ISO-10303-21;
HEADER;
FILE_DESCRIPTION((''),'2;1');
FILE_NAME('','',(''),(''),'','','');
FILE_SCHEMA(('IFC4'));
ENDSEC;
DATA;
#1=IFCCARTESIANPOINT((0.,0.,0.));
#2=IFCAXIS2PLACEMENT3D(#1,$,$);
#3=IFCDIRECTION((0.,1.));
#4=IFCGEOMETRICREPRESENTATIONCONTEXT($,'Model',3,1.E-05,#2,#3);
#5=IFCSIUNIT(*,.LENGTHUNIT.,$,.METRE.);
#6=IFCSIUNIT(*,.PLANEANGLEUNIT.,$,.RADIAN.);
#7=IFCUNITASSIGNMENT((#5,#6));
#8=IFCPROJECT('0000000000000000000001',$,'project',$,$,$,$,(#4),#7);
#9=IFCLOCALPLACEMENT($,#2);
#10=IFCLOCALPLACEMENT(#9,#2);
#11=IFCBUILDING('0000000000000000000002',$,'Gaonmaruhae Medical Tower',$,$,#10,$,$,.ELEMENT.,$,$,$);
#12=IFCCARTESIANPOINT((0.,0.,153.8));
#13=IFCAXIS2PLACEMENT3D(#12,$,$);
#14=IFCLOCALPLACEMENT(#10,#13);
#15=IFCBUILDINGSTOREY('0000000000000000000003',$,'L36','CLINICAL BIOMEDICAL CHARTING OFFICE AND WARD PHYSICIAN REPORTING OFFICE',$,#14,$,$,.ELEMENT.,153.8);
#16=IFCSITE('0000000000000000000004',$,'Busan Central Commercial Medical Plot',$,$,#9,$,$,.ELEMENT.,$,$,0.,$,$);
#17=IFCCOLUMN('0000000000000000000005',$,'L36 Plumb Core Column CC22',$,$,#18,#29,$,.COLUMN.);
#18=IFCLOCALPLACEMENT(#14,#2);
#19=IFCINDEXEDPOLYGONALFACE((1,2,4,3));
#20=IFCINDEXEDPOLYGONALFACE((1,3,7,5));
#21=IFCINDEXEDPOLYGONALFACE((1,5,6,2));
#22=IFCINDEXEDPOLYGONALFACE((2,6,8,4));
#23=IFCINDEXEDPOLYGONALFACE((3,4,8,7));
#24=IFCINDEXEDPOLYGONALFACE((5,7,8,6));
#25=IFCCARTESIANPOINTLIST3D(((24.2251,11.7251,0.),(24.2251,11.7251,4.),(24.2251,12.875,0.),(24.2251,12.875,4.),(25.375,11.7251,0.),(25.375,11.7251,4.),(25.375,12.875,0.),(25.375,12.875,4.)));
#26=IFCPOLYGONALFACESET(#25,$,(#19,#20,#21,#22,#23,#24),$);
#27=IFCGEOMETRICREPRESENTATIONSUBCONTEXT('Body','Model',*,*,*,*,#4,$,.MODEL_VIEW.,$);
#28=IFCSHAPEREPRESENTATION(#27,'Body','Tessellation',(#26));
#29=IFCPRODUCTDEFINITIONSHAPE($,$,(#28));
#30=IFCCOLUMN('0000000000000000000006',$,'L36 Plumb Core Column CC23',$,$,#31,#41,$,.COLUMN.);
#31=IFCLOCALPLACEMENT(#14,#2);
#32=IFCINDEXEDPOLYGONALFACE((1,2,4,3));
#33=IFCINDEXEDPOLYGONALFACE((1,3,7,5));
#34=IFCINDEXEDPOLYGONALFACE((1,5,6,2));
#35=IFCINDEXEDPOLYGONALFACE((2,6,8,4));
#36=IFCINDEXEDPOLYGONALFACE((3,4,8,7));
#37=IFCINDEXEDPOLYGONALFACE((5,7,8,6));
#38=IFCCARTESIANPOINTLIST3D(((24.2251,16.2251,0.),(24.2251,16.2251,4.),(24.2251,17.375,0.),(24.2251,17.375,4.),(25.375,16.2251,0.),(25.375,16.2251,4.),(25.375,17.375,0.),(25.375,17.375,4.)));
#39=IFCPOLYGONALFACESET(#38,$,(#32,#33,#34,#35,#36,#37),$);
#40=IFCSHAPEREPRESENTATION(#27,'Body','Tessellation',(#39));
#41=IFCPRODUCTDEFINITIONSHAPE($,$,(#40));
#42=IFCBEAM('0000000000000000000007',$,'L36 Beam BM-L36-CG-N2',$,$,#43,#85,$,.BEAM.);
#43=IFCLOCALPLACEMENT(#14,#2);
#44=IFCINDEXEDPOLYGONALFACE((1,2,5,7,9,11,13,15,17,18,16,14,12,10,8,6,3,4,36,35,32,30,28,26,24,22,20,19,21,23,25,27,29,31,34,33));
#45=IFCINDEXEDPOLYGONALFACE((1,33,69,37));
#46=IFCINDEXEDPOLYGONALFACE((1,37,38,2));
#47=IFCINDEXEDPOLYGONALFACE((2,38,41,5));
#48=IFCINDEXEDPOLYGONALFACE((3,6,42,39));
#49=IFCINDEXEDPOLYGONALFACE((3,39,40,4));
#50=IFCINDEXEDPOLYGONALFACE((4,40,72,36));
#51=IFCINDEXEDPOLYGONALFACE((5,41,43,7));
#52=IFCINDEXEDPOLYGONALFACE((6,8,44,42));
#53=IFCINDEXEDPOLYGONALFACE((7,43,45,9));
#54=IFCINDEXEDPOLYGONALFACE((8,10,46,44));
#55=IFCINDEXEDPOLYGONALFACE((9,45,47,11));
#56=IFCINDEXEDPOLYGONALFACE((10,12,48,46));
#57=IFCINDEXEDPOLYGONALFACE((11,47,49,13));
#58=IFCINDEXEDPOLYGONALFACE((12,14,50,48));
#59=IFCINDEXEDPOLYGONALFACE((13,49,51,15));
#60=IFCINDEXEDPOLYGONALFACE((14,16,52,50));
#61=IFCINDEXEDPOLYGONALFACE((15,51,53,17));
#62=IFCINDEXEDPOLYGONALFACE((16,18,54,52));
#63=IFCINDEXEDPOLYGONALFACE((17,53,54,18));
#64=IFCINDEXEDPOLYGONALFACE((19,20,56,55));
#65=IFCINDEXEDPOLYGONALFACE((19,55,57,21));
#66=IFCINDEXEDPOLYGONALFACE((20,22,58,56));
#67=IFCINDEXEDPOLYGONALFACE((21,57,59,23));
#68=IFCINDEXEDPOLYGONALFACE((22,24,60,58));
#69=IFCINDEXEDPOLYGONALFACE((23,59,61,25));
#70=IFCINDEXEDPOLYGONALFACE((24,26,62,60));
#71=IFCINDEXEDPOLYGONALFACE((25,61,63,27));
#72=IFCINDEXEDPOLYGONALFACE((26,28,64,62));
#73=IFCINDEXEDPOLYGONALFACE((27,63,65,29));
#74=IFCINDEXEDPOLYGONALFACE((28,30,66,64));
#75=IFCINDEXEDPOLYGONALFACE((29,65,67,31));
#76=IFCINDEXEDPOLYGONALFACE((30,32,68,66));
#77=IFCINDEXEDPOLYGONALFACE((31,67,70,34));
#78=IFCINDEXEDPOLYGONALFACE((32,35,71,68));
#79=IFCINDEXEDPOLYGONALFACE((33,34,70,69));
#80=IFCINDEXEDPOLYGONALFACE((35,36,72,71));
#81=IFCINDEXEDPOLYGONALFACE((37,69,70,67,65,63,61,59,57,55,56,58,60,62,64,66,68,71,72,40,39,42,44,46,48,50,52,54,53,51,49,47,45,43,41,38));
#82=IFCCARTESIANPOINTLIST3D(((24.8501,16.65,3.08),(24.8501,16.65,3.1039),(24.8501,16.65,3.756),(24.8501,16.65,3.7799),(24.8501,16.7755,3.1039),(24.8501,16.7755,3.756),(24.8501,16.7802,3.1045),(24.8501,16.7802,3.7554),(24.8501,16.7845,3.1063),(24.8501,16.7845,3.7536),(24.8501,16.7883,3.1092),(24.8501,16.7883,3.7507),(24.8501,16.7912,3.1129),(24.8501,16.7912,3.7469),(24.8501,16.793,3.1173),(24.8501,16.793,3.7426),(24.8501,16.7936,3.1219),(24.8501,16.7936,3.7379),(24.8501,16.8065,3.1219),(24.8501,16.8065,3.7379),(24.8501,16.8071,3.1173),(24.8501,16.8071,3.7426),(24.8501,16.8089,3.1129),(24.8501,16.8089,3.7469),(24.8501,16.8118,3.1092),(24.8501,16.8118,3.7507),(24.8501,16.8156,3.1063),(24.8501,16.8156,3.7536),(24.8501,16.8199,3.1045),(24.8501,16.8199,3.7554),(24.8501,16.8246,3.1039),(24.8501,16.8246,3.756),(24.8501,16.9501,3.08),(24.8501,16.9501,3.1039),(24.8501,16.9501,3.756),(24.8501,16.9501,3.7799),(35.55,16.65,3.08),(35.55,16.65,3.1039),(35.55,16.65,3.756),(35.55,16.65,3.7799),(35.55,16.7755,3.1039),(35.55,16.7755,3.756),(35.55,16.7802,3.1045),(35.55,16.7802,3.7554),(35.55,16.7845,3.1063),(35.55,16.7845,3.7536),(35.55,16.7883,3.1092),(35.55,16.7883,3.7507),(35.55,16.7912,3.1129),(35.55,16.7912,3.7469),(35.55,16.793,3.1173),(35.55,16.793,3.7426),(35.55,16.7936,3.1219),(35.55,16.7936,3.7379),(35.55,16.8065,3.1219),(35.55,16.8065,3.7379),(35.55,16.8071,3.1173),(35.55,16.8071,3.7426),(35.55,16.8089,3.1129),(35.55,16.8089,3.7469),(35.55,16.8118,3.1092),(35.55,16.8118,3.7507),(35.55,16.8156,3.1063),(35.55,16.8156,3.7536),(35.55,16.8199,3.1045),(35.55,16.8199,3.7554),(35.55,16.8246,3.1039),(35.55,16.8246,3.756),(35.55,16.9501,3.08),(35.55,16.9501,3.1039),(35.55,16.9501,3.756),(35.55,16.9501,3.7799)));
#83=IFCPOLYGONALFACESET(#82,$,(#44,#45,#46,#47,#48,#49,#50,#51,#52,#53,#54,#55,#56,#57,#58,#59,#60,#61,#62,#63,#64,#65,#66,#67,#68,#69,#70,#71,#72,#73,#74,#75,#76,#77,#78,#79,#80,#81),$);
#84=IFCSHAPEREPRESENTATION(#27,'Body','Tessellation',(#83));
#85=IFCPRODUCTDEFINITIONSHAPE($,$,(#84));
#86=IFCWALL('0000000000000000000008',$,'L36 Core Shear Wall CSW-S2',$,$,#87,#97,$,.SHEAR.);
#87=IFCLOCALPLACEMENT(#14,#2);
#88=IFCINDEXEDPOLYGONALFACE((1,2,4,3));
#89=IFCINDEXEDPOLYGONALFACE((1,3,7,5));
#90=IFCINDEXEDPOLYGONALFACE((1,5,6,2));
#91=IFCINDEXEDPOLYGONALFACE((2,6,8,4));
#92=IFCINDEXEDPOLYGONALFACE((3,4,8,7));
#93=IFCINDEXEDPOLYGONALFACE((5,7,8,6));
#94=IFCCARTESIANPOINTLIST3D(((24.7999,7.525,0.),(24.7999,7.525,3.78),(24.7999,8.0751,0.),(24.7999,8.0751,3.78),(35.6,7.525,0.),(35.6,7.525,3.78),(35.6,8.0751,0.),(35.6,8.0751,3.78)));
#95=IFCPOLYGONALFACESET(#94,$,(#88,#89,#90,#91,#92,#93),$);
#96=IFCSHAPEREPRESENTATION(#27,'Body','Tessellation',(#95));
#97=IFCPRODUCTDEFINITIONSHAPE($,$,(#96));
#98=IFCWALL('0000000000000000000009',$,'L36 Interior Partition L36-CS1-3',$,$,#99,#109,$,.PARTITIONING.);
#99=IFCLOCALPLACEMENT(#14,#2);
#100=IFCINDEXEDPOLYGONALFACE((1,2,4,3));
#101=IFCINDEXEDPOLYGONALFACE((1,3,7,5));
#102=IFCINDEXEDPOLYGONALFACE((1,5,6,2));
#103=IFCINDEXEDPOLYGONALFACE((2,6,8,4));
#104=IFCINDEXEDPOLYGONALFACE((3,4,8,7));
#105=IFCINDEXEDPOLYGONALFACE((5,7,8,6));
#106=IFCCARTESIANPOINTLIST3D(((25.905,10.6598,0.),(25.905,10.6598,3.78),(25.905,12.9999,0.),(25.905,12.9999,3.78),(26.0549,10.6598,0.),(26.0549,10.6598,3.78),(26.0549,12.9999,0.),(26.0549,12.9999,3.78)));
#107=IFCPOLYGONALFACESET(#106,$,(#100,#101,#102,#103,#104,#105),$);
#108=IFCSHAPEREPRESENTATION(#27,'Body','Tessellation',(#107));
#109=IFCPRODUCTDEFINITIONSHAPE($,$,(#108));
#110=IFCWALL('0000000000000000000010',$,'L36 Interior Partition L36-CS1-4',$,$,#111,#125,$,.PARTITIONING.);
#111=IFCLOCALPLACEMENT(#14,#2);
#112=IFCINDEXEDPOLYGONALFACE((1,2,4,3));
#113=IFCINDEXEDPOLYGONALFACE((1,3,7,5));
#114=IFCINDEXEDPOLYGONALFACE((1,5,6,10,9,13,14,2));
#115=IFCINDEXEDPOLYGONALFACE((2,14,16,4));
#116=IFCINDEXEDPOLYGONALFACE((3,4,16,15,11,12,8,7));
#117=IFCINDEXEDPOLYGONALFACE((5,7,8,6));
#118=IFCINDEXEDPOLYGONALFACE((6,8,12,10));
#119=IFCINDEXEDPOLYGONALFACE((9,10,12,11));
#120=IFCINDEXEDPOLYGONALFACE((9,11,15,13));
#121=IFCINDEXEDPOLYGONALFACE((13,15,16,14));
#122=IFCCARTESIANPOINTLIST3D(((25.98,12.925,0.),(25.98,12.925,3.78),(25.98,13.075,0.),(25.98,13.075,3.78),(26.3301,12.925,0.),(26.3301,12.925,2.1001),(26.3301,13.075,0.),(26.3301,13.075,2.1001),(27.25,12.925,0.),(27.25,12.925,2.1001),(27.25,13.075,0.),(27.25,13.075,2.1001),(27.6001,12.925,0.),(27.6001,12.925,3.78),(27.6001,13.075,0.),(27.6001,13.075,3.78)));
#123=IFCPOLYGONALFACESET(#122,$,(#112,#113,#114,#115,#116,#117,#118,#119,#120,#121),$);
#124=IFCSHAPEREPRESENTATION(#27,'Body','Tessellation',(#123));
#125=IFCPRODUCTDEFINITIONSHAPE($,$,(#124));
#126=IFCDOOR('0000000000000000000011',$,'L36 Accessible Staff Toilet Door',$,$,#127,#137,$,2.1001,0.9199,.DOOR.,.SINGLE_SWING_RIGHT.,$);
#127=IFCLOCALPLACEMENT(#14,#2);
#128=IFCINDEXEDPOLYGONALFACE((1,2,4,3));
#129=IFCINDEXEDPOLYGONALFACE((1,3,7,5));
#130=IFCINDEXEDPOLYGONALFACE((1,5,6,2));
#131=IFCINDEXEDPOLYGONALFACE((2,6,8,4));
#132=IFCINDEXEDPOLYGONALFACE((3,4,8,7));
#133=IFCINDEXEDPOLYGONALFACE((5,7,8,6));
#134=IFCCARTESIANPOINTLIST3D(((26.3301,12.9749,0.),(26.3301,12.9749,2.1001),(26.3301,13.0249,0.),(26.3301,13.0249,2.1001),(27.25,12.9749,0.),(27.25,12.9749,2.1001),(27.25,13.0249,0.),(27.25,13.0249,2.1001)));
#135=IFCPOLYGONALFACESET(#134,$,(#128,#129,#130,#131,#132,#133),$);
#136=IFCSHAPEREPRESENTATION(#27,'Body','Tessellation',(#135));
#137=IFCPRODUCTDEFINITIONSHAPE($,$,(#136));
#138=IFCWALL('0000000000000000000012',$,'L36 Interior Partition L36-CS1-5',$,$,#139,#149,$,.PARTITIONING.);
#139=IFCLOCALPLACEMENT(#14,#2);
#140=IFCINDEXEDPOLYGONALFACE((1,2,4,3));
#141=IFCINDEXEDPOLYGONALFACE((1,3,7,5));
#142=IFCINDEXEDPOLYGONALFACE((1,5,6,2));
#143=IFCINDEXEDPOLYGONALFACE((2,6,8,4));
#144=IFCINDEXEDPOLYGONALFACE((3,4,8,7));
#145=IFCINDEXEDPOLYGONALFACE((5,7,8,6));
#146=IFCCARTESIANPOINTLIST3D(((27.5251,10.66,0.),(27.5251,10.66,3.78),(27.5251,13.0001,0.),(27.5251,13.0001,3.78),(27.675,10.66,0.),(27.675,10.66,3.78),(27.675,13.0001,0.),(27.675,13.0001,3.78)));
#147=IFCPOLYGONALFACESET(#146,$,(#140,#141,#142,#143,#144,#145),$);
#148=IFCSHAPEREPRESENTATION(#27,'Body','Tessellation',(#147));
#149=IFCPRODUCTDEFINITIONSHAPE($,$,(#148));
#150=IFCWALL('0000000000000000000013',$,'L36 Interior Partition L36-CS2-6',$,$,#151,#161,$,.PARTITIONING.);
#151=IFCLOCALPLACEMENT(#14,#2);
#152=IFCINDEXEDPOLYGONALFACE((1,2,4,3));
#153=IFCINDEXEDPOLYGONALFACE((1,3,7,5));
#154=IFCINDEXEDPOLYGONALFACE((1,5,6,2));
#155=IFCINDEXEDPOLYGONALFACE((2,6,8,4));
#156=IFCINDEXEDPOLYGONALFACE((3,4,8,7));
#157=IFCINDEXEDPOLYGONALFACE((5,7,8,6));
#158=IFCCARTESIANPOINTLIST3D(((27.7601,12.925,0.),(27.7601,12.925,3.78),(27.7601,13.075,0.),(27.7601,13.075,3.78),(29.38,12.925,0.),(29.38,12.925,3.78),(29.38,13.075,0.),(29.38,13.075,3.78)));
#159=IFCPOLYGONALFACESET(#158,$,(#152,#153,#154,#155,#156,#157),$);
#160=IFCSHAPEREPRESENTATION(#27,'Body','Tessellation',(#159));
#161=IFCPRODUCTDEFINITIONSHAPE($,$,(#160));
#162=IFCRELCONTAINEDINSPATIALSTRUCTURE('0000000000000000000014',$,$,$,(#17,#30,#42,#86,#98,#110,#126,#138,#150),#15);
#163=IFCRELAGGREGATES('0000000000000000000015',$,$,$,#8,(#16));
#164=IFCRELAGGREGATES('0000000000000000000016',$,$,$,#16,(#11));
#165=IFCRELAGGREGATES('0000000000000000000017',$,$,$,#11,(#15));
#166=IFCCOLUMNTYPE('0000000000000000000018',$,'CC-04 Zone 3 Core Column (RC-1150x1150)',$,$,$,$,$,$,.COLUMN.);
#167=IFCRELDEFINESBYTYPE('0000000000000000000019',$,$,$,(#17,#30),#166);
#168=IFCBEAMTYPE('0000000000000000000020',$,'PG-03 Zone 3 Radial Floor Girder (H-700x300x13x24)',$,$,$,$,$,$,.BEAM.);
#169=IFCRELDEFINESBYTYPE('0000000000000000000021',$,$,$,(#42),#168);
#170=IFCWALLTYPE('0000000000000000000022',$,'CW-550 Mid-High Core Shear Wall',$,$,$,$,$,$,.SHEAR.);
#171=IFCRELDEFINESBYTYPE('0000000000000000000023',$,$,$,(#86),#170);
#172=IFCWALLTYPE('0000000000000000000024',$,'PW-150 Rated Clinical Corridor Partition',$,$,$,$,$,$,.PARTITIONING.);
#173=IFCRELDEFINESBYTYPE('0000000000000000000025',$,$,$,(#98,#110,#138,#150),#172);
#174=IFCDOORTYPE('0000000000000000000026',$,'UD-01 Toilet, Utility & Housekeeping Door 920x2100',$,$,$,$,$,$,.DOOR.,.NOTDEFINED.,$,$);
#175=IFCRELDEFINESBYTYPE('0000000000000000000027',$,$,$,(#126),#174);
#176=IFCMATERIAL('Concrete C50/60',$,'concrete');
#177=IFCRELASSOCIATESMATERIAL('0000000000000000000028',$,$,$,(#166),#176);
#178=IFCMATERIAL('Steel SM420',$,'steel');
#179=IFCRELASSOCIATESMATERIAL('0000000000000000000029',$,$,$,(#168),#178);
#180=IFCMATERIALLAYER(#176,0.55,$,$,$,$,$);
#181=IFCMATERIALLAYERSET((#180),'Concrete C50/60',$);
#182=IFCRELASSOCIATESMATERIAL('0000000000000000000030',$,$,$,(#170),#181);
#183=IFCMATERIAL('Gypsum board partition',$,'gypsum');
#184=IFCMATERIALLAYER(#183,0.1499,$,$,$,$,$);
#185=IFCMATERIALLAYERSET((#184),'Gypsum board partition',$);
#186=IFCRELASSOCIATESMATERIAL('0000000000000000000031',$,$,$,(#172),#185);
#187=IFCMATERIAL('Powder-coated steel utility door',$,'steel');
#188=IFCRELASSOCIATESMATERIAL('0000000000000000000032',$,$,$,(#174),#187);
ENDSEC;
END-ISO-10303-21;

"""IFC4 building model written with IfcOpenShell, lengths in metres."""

from ifc_helpers import new_model, si_unit, direction, frame, frame_2d, origin, origin_2d, place, context, subcontext, project, spatial, rectangle, i_section, extrude, material, layer, layer_set, material_profile, profile_set, type_object, element, fill, save


model = new_model("IFC4")

# Units and contexts
model_context = context("Model", 3, precision=1e-05, world=origin(), true_north=direction((0.0, 1.0)))
body_context = subcontext(model_context, "Body", "Model", "MODEL_VIEW")
ifc_project = project(units=[si_unit("LENGTHUNIT", "METRE"), si_unit("PLANEANGLEUNIT", "RADIAN")], contexts=[model_context])

# Site, building, storey
site_placement = place(None, origin())
site = spatial("IfcSite", under=ifc_project, at=site_placement, Name="Busan Central Commercial Medical Plot", CompositionType="ELEMENT", RefElevation=0.0)
building_placement = place(site_placement, origin())
building = spatial("IfcBuilding", under=site, at=building_placement, Name="Gaonmaruhae Medical Tower", CompositionType="ELEMENT")
storey_placement = place(building_placement, frame((0.0, 0.0, 153.8)))
storey = spatial("IfcBuildingStorey", under=building, at=storey_placement, Name="L36", Description="CLINICAL BIOMEDICAL CHARTING OFFICE AND WARD PHYSICIAN REPORTING OFFICE", CompositionType="ELEMENT", Elevation=153.8)

# Columns
ifc_material_1 = material(Name="Concrete C50/60", Category="concrete")
ifc_material_profile_1 = material_profile(ifc_material_1, rectangle(XDim=1.1499, YDim=1.1499, at=origin_2d()), Name="RC-1150x1150")
ifc_profile_set_1 = profile_set([ifc_material_profile_1], Name="Concrete C50/60")
column_type = type_object("IfcColumnType", Name="CC-04 Zone 3 Core Column (RC-1150x1150)", PredefinedType="COLUMN", material=ifc_profile_set_1)
for number, where, z_axis, x_axis, name in (
    (1, (24.8, 12.3, 0.0), (0.0, 0.0, 1.0), (1.0, 0.0, 0.0), "L36 Plumb Core Column CC22"),
    (2, (24.8, 16.8, 0.0), (0.0, 0.0, 1.0), (1.0, 0.0, 0.0), "L36 Plumb Core Column CC23"),
):
    element("IfcColumn", number, at=place(storey_placement, frame(where, z_axis=z_axis, x_axis=x_axis)), inside=storey, type_object=column_type, Name=name, PredefinedType="COLUMN", context=body_context, shape_type="SweptSolid", body=[
        extrude(rectangle(XDim=1.1499, YDim=1.1499, at=origin_2d()), origin(), (0.0, 0.0, 1.0), 4.0),
    ])

# Beam
ifc_material_2 = material(Name="Steel SM420", Category="steel")
ifc_material_profile_2 = material_profile(ifc_material_2, i_section(OverallWidth=0.3, OverallDepth=0.7, WebThickness=0.0129, FlangeThickness=0.0239, FilletRadius=0.0181, at=origin_2d()), Name="H-700x300x13x24")
ifc_profile_set_2 = profile_set([ifc_material_profile_2], Name="Steel SM420")
beam_type = type_object("IfcBeamType", Name="PG-03 Zone 3 Radial Floor Girder (H-700x300x13x24)", PredefinedType="BEAM", material=ifc_profile_set_2)
beam_placement = place(storey_placement, frame((24.8501, 16.8, 3.4299), z_axis=(1.0, 0.0, 0.0), x_axis=(0.0, 1.0, 0.0)))
element("IfcBeam", 3, at=beam_placement, inside=storey, type_object=beam_type, Name="L36 Beam BM-L36-CG-N2", PredefinedType="BEAM", context=body_context, shape_type="SweptSolid", body=[
    extrude(i_section(OverallWidth=0.3, OverallDepth=0.7, WebThickness=0.0129, FlangeThickness=0.0239, FilletRadius=0.0181, at=origin_2d()), origin(), (0.0, 0.0, 1.0), 10.7),
])

# Walls
ifc_layer_1 = layer(ifc_material_1, 0.55)
ifc_layer_set_1 = layer_set([ifc_layer_1], Name="Concrete C50/60")
wall_type_1 = type_object("IfcWallType", Name="CW-550 Mid-High Core Shear Wall", PredefinedType="SHEAR", material=ifc_layer_set_1)
wall_1_placement = place(storey_placement, frame((24.8, 7.8, 0.0), z_axis=(0.0, 0.0, 1.0), x_axis=(1.0, 0.0, 0.0)))
element("IfcWall", 4, at=wall_1_placement, inside=storey, type_object=wall_type_1, Name="L36 Core Shear Wall CSW-S2", PredefinedType="SHEAR", context=body_context, shape_type="SweptSolid", body=[
    extrude(rectangle(XDim=10.8, YDim=0.55, at=frame_2d((5.3999, 0.0))), origin(), (0.0, 0.0, 1.0), 3.78),
])
ifc_material_3 = material(Name="Gypsum board partition", Category="gypsum")
ifc_layer_2 = layer(ifc_material_3, 0.1499)
ifc_layer_set_2 = layer_set([ifc_layer_2], Name="Gypsum board partition")
wall_type_2 = type_object("IfcWallType", Name="PW-150 Rated Clinical Corridor Partition", PredefinedType="PARTITIONING", material=ifc_layer_set_2)
wall_2_placement = place(storey_placement, frame((25.98, 10.6599, 0.0), z_axis=(0.0, 0.0, 1.0), x_axis=(0.0, 1.0, 0.0)))
element("IfcWall", 5, at=wall_2_placement, inside=storey, type_object=wall_type_2, Name="L36 Interior Partition L36-CS1-3", PredefinedType="PARTITIONING", context=body_context, shape_type="SweptSolid", body=[
    extrude(rectangle(XDim=2.3401, YDim=0.1499, at=frame_2d((1.1699, 0.0))), origin(), (0.0, 0.0, 1.0), 3.78),
])

# Wall, opening, door
wall_3_placement = place(storey_placement, frame((25.98, 13.0, 0.0), z_axis=(0.0, 0.0, 1.0), x_axis=(1.0, 0.0, 0.0)))
wall_3 = element("IfcWall", 6, at=wall_3_placement, inside=storey, type_object=wall_type_2, Name="L36 Interior Partition L36-CS1-4", PredefinedType="PARTITIONING", context=body_context, shape_type="SweptSolid", body=[
    extrude(rectangle(XDim=1.6201, YDim=0.1499, at=frame_2d((0.8101, 0.0))), origin(), (0.0, 0.0, 1.0), 3.78),
])
opening_1_placement = place(wall_3_placement, frame((0.3501, 0.0, 0.0)))
opening_1 = element("IfcOpeningElement", 7, at=opening_1_placement, cuts=wall_3, PredefinedType="OPENING", context=body_context, shape_type="SweptSolid", body=[
    extrude(rectangle(XDim=0.9199, YDim=2.1001, at=frame_2d((0.46, 1.05))), frame((0.0, 0.085, 0.0), z_axis=(0.0, -1.0, 0.0), x_axis=(1.0, 0.0, 0.0)), (0.0, 0.0, 1.0), 0.1699),
])
ifc_material_4 = material(Name="Powder-coated steel utility door", Category="steel")
door_type_1 = type_object("IfcDoorType", Name="UD-01 Toilet, Utility & Housekeeping Door 920x2100", OperationType="NOTDEFINED", PredefinedType="DOOR", material=ifc_material_4)
door_1_placement = place(opening_1_placement, origin())
door_1 = element("IfcDoor", 8, at=door_1_placement, inside=storey, type_object=door_type_1, Name="L36 Accessible Staff Toilet Door", OperationType="SINGLE_SWING_RIGHT", OverallHeight=2.1001, OverallWidth=0.9199, PredefinedType="DOOR", context=body_context, shape_type="SweptSolid", body=[
    extrude(rectangle(XDim=0.9199, YDim=2.1001, at=frame_2d((0.46, 1.05))), frame((0.0, 0.0249, 0.0), z_axis=(0.0, -1.0, 0.0), x_axis=(1.0, 0.0, 0.0)), (0.0, 0.0, 1.0), 0.05),
])
fill(opening_1, door_1)

# Walls
wall_4_placement = place(storey_placement, frame((27.6001, 13.0, 0.0), z_axis=(0.0, 0.0, 1.0), x_axis=(0.0, -1.0, 0.0)))
element("IfcWall", 9, at=wall_4_placement, inside=storey, type_object=wall_type_2, Name="L36 Interior Partition L36-CS1-5", PredefinedType="PARTITIONING", context=body_context, shape_type="SweptSolid", body=[
    extrude(rectangle(XDim=2.3401, YDim=0.1499, at=frame_2d((1.1699, 0.0))), origin(), (0.0, 0.0, 1.0), 3.78),
])
wall_5_placement = place(storey_placement, frame((27.76, 13.0, 0.0), z_axis=(0.0, 0.0, 1.0), x_axis=(1.0, 0.0, 0.0)))
element("IfcWall", 10, at=wall_5_placement, inside=storey, type_object=wall_type_2, Name="L36 Interior Partition L36-CS2-6", PredefinedType="PARTITIONING", context=body_context, shape_type="SweptSolid", body=[
    extrude(rectangle(XDim=1.6199, YDim=0.1499, at=frame_2d((0.8101, 0.0))), origin(), (0.0, 0.0, 1.0), 3.78),
])

save(model, "model.ifc")
